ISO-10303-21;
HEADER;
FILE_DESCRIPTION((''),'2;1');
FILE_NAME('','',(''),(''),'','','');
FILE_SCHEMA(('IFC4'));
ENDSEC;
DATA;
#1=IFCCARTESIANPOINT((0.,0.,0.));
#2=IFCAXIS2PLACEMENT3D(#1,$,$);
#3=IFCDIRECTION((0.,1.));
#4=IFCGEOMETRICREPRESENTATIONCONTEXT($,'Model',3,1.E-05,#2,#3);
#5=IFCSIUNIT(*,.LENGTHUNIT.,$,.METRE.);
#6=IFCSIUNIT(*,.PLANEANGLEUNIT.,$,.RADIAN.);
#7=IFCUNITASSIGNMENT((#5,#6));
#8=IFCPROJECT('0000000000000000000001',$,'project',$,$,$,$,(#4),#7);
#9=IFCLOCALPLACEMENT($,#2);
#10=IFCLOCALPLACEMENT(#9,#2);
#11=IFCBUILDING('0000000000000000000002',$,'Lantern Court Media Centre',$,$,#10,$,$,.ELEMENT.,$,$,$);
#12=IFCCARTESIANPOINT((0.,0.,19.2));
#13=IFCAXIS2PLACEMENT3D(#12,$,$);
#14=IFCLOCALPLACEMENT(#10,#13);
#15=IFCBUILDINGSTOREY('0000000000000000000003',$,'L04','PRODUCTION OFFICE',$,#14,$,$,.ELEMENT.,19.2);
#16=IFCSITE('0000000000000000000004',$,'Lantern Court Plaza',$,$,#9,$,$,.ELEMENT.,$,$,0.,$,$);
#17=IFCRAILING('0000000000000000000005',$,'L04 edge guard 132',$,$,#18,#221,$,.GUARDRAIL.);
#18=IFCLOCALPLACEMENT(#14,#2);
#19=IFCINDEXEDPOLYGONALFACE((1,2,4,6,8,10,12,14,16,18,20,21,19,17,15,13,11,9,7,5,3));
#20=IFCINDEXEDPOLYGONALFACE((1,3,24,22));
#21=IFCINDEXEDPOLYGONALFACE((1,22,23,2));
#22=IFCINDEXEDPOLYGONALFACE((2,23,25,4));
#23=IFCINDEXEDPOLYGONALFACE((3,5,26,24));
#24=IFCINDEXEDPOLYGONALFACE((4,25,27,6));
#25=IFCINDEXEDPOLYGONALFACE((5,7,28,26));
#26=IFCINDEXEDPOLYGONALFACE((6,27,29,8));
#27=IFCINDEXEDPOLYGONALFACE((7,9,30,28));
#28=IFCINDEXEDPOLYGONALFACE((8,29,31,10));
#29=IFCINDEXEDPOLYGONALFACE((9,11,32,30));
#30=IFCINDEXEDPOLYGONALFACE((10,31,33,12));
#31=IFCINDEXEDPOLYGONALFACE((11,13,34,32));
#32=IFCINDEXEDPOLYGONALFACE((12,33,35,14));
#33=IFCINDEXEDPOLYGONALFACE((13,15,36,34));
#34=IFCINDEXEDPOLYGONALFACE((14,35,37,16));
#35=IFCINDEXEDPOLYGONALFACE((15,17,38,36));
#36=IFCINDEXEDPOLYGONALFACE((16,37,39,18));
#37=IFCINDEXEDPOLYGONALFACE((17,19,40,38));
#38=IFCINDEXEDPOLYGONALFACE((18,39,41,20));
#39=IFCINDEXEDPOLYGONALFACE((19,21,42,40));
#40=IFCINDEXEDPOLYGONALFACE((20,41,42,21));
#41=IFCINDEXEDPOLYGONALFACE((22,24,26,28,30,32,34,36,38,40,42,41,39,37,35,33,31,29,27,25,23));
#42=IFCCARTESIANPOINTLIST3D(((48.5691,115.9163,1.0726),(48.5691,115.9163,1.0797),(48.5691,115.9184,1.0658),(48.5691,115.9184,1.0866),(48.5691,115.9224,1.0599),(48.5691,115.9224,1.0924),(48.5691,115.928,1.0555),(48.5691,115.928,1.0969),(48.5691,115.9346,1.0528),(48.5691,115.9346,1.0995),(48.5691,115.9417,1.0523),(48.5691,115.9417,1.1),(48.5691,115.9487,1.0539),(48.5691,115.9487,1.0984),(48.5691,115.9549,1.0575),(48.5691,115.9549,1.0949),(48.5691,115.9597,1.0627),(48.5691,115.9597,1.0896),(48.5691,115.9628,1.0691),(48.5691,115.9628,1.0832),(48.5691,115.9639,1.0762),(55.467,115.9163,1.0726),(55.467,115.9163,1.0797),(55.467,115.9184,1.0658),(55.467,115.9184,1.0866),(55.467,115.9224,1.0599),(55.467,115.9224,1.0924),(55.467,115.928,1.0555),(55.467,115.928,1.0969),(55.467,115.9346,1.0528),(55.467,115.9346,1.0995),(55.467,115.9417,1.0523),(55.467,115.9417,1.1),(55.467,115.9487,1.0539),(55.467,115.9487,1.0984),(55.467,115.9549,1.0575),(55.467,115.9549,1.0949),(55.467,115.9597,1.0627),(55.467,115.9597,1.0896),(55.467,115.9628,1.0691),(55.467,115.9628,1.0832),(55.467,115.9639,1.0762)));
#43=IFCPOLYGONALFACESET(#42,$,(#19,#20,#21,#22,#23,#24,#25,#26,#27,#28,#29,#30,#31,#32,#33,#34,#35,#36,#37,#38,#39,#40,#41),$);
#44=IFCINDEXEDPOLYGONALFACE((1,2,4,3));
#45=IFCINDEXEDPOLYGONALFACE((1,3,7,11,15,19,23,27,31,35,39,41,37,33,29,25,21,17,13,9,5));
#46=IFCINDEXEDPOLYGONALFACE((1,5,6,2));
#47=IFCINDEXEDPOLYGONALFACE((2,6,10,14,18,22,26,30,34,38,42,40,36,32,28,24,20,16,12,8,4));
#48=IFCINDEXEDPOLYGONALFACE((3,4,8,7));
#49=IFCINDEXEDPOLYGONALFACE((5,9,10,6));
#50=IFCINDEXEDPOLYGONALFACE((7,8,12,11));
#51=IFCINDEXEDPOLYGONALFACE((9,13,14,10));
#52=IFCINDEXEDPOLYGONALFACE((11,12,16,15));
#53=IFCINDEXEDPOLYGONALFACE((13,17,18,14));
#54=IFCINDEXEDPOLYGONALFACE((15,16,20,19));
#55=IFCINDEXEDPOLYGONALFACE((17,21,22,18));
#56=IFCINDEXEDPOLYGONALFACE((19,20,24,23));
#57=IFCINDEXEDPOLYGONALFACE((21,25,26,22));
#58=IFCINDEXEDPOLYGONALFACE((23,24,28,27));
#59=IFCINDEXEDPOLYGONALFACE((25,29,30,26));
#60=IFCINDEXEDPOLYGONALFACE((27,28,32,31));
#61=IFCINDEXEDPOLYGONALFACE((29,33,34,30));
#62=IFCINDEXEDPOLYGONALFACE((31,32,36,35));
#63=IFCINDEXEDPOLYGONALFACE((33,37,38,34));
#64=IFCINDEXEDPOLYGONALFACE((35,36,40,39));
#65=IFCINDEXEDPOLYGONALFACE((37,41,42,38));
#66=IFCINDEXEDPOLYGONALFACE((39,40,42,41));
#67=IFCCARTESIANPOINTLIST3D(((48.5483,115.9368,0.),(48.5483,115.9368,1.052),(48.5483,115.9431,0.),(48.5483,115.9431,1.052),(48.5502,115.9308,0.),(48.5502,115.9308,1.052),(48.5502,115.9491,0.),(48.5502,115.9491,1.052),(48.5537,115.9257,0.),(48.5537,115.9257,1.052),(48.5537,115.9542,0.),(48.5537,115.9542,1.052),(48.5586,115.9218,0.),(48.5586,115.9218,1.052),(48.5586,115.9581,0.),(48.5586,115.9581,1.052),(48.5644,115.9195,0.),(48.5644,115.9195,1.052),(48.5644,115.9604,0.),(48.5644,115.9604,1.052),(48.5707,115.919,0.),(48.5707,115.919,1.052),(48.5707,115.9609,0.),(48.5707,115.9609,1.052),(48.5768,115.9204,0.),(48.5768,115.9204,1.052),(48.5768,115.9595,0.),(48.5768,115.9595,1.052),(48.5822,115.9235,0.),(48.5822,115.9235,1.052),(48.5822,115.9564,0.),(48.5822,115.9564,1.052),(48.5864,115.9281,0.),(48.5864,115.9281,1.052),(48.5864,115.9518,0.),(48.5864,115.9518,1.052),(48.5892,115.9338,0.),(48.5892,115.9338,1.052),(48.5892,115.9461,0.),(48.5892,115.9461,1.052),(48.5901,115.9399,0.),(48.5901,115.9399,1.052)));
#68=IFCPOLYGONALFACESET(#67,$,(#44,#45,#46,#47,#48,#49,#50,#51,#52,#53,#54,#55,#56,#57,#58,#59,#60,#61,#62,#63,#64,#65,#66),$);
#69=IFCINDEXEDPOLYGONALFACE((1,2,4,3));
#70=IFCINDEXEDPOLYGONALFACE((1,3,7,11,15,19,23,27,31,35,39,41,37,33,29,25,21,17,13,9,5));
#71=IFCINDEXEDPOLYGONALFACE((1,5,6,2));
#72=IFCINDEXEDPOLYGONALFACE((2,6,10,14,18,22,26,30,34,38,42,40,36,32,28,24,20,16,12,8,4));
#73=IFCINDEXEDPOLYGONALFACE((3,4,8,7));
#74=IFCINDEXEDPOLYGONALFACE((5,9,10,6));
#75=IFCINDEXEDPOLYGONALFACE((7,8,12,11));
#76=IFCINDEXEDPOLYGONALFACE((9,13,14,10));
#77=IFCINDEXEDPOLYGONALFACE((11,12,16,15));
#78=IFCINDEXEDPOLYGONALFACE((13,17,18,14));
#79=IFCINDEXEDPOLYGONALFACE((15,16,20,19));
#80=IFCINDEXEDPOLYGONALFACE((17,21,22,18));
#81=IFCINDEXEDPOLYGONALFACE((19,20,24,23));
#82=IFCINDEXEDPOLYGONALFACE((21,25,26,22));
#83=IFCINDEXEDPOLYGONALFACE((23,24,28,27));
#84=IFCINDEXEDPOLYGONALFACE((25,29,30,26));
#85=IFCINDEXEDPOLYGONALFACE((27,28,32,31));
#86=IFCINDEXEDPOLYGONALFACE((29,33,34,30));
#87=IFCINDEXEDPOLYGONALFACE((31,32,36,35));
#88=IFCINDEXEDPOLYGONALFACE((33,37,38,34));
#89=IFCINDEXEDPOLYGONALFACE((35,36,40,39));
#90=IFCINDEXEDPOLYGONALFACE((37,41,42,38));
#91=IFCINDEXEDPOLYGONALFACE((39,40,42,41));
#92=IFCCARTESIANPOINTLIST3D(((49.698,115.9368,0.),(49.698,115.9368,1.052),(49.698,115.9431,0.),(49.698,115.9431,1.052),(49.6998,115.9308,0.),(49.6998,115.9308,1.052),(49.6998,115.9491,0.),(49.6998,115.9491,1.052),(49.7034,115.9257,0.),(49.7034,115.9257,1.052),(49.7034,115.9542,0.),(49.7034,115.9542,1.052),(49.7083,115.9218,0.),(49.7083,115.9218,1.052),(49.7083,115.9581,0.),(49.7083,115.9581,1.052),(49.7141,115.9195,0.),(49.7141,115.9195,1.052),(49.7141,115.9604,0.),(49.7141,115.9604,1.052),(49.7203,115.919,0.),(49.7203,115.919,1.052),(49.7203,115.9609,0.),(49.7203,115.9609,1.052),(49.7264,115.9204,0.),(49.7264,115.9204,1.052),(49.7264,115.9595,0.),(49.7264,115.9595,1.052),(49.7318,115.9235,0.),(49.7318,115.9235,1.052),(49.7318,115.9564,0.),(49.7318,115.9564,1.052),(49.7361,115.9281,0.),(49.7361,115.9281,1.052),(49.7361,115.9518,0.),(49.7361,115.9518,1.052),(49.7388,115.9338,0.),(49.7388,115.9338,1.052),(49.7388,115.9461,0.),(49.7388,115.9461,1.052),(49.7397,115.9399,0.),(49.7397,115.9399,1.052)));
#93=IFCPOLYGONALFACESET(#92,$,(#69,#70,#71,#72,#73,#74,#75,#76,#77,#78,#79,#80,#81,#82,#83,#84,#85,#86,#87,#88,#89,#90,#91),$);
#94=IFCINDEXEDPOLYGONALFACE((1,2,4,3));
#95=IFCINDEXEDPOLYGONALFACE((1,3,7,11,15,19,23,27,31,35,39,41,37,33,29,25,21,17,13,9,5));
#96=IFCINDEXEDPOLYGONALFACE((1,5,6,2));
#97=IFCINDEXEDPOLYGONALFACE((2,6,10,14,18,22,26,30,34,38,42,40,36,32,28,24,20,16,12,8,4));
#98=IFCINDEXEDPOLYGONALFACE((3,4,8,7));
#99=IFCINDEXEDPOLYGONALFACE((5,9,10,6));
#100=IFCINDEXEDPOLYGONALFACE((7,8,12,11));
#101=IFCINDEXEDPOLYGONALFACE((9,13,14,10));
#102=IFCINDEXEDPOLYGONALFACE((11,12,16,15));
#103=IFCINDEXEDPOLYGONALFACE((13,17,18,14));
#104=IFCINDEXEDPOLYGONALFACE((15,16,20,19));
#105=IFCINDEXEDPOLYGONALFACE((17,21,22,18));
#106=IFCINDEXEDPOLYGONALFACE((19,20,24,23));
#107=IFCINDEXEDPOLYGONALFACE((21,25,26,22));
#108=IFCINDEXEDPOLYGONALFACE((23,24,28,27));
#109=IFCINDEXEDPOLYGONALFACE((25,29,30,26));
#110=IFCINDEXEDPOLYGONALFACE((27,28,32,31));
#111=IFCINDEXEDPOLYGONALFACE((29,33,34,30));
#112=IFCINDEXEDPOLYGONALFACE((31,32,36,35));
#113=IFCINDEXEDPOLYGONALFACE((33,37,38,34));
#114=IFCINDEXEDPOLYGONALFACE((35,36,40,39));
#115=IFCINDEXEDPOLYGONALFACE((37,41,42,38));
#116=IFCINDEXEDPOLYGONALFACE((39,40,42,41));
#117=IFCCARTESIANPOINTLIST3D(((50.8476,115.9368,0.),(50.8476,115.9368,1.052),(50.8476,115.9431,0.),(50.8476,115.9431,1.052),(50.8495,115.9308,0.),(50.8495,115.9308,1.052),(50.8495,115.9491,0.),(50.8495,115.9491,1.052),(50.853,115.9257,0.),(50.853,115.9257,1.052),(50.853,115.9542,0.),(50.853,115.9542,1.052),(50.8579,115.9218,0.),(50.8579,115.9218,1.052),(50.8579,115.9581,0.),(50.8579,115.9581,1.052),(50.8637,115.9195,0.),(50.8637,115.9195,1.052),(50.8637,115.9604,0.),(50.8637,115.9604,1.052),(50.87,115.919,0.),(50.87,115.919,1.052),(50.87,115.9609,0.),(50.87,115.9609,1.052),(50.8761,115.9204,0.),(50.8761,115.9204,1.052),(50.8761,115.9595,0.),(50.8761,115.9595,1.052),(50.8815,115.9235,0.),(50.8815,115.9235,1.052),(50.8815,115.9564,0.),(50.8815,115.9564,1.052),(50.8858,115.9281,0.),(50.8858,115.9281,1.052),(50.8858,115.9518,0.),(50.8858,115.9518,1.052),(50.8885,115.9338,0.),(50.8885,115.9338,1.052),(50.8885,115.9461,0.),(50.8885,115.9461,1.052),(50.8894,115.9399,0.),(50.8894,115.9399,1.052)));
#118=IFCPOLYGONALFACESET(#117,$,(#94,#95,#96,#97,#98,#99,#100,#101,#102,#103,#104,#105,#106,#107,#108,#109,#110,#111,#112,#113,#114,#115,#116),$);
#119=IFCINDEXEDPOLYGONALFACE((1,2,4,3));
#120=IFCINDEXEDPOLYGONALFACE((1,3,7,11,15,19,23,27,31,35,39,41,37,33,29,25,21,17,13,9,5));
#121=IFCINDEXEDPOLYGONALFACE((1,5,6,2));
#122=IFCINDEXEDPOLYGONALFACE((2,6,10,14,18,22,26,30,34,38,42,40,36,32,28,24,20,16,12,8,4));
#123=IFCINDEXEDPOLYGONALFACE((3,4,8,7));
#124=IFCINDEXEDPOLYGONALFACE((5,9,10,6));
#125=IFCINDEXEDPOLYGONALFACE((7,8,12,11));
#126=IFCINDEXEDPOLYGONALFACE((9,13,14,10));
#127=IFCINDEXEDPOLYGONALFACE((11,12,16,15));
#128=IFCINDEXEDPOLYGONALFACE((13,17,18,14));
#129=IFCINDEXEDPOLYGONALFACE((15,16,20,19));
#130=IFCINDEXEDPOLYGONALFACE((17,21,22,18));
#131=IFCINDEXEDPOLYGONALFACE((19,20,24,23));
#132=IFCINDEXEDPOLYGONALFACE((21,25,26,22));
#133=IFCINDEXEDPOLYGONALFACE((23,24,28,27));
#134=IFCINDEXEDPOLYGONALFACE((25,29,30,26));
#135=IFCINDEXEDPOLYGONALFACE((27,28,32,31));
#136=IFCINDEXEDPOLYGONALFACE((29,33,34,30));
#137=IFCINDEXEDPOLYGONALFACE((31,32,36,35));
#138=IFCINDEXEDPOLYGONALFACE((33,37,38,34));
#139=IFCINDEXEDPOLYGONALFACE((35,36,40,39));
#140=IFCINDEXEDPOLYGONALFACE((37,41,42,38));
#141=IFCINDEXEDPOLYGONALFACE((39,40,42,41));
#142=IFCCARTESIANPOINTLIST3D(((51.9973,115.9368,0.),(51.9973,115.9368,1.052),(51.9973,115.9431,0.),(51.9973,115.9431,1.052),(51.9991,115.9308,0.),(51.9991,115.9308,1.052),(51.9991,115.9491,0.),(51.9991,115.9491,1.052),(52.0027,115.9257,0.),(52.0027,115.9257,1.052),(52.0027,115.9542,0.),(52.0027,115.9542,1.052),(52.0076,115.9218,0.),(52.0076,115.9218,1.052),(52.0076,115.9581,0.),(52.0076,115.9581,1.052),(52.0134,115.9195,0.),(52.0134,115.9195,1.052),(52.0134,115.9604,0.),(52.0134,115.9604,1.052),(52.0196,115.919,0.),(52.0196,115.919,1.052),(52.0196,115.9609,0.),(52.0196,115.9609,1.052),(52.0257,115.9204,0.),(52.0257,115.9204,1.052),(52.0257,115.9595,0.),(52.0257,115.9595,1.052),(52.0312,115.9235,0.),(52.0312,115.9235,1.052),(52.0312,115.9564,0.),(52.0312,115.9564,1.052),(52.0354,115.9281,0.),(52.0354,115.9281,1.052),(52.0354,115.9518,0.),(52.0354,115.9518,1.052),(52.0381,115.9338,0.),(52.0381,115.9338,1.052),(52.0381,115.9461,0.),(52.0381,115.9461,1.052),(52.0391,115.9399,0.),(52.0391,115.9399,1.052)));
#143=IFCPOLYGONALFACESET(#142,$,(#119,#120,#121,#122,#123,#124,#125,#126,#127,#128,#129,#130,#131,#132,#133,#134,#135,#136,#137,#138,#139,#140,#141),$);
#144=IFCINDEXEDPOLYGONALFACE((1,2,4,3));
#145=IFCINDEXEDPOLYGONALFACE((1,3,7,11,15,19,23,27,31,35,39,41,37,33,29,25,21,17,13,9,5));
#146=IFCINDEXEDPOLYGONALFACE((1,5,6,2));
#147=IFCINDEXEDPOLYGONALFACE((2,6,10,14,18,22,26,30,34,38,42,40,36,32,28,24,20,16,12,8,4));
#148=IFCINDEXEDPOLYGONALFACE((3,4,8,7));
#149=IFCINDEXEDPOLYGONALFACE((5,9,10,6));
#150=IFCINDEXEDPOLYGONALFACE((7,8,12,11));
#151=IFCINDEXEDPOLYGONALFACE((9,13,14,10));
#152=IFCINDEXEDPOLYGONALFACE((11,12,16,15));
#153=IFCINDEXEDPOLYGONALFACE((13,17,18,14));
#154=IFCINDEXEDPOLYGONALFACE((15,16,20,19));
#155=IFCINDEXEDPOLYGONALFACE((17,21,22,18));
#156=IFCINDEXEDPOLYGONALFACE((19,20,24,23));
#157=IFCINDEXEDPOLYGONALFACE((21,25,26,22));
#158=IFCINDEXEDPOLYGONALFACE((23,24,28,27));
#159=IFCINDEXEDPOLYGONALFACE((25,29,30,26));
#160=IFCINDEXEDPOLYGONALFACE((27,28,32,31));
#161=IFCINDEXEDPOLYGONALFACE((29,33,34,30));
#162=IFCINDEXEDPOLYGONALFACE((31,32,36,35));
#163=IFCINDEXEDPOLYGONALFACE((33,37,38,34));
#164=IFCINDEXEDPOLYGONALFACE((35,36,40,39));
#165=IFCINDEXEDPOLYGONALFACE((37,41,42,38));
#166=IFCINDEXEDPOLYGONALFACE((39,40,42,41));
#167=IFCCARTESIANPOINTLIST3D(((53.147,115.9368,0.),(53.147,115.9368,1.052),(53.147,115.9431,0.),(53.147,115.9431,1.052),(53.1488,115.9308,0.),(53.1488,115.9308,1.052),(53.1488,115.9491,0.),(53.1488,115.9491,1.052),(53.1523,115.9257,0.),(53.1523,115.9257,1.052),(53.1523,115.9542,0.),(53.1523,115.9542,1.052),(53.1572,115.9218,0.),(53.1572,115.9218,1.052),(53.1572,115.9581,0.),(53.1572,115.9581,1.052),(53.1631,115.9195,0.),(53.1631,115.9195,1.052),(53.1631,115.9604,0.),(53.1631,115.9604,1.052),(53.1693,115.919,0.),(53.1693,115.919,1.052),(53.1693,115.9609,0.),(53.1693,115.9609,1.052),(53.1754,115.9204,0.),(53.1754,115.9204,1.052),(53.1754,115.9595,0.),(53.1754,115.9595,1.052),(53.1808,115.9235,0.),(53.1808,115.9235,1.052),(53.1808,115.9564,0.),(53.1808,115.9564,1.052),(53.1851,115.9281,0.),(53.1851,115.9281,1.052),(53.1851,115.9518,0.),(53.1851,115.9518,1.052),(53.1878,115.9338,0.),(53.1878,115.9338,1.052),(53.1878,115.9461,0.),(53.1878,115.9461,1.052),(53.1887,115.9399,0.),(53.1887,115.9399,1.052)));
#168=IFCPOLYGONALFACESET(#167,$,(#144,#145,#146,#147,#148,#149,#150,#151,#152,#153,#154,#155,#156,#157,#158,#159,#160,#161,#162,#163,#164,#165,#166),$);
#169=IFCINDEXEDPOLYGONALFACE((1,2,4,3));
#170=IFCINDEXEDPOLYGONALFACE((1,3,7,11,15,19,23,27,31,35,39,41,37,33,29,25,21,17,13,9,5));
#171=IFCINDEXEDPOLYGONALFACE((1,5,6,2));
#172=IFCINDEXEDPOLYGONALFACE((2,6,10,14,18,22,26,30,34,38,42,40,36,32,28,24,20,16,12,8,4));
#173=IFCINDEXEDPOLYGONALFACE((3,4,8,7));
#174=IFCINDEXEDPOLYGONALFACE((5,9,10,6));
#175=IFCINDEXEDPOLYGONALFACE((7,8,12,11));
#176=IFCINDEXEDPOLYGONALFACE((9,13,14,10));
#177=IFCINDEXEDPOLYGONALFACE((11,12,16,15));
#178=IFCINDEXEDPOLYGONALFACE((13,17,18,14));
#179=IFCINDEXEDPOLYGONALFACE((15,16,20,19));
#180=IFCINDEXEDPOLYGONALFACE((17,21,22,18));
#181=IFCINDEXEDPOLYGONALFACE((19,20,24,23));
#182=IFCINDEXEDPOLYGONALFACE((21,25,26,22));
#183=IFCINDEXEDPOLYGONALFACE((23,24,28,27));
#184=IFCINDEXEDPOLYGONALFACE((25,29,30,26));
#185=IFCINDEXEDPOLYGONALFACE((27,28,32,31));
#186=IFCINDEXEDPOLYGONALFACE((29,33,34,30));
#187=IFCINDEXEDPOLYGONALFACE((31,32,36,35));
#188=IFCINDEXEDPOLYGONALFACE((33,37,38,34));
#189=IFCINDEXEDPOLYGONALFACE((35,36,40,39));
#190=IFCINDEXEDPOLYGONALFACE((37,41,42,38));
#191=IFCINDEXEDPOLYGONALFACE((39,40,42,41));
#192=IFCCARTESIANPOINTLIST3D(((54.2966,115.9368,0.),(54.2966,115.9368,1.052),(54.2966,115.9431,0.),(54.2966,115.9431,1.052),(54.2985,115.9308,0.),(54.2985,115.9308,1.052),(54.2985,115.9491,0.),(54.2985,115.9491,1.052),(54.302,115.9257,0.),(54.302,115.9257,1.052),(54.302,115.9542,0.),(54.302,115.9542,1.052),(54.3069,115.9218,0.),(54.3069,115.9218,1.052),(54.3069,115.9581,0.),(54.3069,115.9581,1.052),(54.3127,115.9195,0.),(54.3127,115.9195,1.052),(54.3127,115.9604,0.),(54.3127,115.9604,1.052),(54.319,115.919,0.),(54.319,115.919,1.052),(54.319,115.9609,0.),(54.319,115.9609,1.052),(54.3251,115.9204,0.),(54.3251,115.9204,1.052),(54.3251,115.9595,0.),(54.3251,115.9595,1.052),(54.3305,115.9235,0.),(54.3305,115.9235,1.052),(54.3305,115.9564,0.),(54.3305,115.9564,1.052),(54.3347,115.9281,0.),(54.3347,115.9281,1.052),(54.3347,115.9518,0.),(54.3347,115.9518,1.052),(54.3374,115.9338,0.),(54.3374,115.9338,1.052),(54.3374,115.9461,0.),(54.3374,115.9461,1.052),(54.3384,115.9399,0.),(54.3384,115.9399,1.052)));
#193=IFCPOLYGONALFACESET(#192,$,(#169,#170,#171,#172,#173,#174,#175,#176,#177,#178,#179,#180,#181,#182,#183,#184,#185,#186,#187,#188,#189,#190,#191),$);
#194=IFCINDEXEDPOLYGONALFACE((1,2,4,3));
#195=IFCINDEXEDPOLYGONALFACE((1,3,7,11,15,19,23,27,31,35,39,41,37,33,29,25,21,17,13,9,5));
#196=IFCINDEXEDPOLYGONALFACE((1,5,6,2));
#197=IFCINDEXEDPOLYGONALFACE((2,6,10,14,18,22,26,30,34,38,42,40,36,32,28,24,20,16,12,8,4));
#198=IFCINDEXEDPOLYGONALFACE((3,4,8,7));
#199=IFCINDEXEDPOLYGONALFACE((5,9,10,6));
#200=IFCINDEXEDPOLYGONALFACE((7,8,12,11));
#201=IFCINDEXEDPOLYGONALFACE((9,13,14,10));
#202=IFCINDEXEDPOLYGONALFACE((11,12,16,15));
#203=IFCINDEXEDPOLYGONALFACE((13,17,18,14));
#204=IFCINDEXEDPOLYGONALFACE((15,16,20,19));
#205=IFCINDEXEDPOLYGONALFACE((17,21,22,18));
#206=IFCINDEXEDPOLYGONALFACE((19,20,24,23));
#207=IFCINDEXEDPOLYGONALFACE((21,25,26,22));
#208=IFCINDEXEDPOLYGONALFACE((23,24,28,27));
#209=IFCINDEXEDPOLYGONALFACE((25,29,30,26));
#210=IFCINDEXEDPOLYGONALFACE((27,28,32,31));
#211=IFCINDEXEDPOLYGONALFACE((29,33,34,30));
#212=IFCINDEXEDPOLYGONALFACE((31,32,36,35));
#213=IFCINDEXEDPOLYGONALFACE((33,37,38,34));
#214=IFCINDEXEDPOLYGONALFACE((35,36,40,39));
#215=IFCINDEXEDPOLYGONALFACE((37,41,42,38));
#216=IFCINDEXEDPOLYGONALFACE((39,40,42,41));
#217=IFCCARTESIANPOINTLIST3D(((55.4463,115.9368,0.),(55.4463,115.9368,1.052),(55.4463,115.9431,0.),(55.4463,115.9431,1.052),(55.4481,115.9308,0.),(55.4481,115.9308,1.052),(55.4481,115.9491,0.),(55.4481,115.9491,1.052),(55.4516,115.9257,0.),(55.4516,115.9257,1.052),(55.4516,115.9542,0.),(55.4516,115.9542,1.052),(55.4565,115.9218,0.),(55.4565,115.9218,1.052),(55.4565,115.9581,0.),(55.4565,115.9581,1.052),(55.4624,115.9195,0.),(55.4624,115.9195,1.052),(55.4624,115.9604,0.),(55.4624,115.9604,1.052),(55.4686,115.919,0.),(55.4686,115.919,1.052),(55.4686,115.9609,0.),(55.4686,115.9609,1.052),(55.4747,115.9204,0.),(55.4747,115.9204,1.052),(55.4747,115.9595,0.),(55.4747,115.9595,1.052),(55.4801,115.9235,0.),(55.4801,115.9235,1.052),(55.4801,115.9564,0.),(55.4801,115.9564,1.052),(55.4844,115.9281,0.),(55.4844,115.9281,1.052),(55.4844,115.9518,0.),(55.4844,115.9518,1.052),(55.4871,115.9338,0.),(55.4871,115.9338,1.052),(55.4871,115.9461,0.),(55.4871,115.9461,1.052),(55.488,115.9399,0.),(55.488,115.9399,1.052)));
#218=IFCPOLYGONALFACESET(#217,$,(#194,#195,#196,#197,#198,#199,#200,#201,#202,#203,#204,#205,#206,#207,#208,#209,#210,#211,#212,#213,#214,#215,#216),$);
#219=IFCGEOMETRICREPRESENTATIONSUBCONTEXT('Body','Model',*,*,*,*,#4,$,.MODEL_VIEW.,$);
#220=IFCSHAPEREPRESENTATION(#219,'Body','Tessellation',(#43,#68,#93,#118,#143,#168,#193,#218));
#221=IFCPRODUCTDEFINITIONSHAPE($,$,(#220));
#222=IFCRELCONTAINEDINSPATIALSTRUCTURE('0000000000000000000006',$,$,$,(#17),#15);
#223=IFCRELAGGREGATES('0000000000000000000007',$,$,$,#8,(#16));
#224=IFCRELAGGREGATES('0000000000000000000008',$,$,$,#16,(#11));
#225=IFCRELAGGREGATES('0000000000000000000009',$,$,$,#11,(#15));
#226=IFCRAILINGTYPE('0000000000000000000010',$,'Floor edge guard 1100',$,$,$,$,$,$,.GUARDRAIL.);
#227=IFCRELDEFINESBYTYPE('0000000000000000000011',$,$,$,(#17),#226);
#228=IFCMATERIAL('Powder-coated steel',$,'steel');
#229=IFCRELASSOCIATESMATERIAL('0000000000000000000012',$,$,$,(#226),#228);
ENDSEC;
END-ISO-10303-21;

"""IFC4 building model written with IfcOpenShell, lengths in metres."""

from ifc_helpers import new_model, si_unit, direction, frame, origin, origin_2d, place, context, subcontext, project, spatial, circle, extrude, material, type_object, element, save


model = new_model("IFC4")

# Units and contexts
model_context = context("Model", 3, precision=1e-05, world=origin(), true_north=direction((0.0, 1.0)))
body_context = subcontext(model_context, "Body", "Model", "MODEL_VIEW")
ifc_project = project(units=[si_unit("LENGTHUNIT", "METRE"), si_unit("PLANEANGLEUNIT", "RADIAN")], contexts=[model_context])

# Site, building, storey
site_placement = place(None, origin())
site = spatial("IfcSite", under=ifc_project, at=site_placement, Name="Lantern Court Plaza", CompositionType="ELEMENT", RefElevation=0.0)
building_placement = place(site_placement, origin())
building = spatial("IfcBuilding", under=site, at=building_placement, Name="Lantern Court Media Centre", CompositionType="ELEMENT")
storey_placement = place(building_placement, frame((0.0, 0.0, 19.2)))
storey = spatial("IfcBuildingStorey", under=building, at=storey_placement, Name="L04", Description="PRODUCTION OFFICE", CompositionType="ELEMENT", Elevation=19.2)

# Railing
ifc_material_1 = material(Name="Powder-coated steel", Category="steel")
railing_type = type_object("IfcRailingType", Name="Floor edge guard 1100", PredefinedType="GUARDRAIL", material=ifc_material_1)
railing_placement = place(storey_placement, frame((48.5691, 115.9399, 0.0)))
element("IfcRailing", 1, at=railing_placement, inside=storey, type_object=railing_type, Name="L04 edge guard 132", PredefinedType="GUARDRAIL", context=body_context, shape_type="SweptSolid", body=[
    extrude(circle(Radius=0.0239, at=origin_2d()), frame((0.0, 0.0, 1.0762), z_axis=(1.0, 0.0, 0.0), x_axis=(0.0, 1.0, 0.0)), (0.0, 0.0, 1.0), 6.8979),
    extrude(circle(Radius=0.021, at=origin_2d()), origin(), (0.0, 0.0, 1.0), 1.052),
    extrude(circle(Radius=0.021, at=origin_2d()), frame((1.1497, 0.0, 0.0)), (0.0, 0.0, 1.0), 1.052),
    extrude(circle(Radius=0.021, at=origin_2d()), frame((2.2993, 0.0, 0.0)), (0.0, 0.0, 1.0), 1.052),
    extrude(circle(Radius=0.021, at=origin_2d()), frame((3.449, 0.0, 0.0)), (0.0, 0.0, 1.0), 1.052),
    extrude(circle(Radius=0.021, at=origin_2d()), frame((4.5986, 0.0, 0.0)), (0.0, 0.0, 1.0), 1.052),
    extrude(circle(Radius=0.021, at=origin_2d()), frame((5.7483, 0.0, 0.0)), (0.0, 0.0, 1.0), 1.052),
    extrude(circle(Radius=0.021, at=origin_2d()), frame((6.8979, 0.0, 0.0)), (0.0, 0.0, 1.0), 1.052),
])

save(model, "model.ifc")
